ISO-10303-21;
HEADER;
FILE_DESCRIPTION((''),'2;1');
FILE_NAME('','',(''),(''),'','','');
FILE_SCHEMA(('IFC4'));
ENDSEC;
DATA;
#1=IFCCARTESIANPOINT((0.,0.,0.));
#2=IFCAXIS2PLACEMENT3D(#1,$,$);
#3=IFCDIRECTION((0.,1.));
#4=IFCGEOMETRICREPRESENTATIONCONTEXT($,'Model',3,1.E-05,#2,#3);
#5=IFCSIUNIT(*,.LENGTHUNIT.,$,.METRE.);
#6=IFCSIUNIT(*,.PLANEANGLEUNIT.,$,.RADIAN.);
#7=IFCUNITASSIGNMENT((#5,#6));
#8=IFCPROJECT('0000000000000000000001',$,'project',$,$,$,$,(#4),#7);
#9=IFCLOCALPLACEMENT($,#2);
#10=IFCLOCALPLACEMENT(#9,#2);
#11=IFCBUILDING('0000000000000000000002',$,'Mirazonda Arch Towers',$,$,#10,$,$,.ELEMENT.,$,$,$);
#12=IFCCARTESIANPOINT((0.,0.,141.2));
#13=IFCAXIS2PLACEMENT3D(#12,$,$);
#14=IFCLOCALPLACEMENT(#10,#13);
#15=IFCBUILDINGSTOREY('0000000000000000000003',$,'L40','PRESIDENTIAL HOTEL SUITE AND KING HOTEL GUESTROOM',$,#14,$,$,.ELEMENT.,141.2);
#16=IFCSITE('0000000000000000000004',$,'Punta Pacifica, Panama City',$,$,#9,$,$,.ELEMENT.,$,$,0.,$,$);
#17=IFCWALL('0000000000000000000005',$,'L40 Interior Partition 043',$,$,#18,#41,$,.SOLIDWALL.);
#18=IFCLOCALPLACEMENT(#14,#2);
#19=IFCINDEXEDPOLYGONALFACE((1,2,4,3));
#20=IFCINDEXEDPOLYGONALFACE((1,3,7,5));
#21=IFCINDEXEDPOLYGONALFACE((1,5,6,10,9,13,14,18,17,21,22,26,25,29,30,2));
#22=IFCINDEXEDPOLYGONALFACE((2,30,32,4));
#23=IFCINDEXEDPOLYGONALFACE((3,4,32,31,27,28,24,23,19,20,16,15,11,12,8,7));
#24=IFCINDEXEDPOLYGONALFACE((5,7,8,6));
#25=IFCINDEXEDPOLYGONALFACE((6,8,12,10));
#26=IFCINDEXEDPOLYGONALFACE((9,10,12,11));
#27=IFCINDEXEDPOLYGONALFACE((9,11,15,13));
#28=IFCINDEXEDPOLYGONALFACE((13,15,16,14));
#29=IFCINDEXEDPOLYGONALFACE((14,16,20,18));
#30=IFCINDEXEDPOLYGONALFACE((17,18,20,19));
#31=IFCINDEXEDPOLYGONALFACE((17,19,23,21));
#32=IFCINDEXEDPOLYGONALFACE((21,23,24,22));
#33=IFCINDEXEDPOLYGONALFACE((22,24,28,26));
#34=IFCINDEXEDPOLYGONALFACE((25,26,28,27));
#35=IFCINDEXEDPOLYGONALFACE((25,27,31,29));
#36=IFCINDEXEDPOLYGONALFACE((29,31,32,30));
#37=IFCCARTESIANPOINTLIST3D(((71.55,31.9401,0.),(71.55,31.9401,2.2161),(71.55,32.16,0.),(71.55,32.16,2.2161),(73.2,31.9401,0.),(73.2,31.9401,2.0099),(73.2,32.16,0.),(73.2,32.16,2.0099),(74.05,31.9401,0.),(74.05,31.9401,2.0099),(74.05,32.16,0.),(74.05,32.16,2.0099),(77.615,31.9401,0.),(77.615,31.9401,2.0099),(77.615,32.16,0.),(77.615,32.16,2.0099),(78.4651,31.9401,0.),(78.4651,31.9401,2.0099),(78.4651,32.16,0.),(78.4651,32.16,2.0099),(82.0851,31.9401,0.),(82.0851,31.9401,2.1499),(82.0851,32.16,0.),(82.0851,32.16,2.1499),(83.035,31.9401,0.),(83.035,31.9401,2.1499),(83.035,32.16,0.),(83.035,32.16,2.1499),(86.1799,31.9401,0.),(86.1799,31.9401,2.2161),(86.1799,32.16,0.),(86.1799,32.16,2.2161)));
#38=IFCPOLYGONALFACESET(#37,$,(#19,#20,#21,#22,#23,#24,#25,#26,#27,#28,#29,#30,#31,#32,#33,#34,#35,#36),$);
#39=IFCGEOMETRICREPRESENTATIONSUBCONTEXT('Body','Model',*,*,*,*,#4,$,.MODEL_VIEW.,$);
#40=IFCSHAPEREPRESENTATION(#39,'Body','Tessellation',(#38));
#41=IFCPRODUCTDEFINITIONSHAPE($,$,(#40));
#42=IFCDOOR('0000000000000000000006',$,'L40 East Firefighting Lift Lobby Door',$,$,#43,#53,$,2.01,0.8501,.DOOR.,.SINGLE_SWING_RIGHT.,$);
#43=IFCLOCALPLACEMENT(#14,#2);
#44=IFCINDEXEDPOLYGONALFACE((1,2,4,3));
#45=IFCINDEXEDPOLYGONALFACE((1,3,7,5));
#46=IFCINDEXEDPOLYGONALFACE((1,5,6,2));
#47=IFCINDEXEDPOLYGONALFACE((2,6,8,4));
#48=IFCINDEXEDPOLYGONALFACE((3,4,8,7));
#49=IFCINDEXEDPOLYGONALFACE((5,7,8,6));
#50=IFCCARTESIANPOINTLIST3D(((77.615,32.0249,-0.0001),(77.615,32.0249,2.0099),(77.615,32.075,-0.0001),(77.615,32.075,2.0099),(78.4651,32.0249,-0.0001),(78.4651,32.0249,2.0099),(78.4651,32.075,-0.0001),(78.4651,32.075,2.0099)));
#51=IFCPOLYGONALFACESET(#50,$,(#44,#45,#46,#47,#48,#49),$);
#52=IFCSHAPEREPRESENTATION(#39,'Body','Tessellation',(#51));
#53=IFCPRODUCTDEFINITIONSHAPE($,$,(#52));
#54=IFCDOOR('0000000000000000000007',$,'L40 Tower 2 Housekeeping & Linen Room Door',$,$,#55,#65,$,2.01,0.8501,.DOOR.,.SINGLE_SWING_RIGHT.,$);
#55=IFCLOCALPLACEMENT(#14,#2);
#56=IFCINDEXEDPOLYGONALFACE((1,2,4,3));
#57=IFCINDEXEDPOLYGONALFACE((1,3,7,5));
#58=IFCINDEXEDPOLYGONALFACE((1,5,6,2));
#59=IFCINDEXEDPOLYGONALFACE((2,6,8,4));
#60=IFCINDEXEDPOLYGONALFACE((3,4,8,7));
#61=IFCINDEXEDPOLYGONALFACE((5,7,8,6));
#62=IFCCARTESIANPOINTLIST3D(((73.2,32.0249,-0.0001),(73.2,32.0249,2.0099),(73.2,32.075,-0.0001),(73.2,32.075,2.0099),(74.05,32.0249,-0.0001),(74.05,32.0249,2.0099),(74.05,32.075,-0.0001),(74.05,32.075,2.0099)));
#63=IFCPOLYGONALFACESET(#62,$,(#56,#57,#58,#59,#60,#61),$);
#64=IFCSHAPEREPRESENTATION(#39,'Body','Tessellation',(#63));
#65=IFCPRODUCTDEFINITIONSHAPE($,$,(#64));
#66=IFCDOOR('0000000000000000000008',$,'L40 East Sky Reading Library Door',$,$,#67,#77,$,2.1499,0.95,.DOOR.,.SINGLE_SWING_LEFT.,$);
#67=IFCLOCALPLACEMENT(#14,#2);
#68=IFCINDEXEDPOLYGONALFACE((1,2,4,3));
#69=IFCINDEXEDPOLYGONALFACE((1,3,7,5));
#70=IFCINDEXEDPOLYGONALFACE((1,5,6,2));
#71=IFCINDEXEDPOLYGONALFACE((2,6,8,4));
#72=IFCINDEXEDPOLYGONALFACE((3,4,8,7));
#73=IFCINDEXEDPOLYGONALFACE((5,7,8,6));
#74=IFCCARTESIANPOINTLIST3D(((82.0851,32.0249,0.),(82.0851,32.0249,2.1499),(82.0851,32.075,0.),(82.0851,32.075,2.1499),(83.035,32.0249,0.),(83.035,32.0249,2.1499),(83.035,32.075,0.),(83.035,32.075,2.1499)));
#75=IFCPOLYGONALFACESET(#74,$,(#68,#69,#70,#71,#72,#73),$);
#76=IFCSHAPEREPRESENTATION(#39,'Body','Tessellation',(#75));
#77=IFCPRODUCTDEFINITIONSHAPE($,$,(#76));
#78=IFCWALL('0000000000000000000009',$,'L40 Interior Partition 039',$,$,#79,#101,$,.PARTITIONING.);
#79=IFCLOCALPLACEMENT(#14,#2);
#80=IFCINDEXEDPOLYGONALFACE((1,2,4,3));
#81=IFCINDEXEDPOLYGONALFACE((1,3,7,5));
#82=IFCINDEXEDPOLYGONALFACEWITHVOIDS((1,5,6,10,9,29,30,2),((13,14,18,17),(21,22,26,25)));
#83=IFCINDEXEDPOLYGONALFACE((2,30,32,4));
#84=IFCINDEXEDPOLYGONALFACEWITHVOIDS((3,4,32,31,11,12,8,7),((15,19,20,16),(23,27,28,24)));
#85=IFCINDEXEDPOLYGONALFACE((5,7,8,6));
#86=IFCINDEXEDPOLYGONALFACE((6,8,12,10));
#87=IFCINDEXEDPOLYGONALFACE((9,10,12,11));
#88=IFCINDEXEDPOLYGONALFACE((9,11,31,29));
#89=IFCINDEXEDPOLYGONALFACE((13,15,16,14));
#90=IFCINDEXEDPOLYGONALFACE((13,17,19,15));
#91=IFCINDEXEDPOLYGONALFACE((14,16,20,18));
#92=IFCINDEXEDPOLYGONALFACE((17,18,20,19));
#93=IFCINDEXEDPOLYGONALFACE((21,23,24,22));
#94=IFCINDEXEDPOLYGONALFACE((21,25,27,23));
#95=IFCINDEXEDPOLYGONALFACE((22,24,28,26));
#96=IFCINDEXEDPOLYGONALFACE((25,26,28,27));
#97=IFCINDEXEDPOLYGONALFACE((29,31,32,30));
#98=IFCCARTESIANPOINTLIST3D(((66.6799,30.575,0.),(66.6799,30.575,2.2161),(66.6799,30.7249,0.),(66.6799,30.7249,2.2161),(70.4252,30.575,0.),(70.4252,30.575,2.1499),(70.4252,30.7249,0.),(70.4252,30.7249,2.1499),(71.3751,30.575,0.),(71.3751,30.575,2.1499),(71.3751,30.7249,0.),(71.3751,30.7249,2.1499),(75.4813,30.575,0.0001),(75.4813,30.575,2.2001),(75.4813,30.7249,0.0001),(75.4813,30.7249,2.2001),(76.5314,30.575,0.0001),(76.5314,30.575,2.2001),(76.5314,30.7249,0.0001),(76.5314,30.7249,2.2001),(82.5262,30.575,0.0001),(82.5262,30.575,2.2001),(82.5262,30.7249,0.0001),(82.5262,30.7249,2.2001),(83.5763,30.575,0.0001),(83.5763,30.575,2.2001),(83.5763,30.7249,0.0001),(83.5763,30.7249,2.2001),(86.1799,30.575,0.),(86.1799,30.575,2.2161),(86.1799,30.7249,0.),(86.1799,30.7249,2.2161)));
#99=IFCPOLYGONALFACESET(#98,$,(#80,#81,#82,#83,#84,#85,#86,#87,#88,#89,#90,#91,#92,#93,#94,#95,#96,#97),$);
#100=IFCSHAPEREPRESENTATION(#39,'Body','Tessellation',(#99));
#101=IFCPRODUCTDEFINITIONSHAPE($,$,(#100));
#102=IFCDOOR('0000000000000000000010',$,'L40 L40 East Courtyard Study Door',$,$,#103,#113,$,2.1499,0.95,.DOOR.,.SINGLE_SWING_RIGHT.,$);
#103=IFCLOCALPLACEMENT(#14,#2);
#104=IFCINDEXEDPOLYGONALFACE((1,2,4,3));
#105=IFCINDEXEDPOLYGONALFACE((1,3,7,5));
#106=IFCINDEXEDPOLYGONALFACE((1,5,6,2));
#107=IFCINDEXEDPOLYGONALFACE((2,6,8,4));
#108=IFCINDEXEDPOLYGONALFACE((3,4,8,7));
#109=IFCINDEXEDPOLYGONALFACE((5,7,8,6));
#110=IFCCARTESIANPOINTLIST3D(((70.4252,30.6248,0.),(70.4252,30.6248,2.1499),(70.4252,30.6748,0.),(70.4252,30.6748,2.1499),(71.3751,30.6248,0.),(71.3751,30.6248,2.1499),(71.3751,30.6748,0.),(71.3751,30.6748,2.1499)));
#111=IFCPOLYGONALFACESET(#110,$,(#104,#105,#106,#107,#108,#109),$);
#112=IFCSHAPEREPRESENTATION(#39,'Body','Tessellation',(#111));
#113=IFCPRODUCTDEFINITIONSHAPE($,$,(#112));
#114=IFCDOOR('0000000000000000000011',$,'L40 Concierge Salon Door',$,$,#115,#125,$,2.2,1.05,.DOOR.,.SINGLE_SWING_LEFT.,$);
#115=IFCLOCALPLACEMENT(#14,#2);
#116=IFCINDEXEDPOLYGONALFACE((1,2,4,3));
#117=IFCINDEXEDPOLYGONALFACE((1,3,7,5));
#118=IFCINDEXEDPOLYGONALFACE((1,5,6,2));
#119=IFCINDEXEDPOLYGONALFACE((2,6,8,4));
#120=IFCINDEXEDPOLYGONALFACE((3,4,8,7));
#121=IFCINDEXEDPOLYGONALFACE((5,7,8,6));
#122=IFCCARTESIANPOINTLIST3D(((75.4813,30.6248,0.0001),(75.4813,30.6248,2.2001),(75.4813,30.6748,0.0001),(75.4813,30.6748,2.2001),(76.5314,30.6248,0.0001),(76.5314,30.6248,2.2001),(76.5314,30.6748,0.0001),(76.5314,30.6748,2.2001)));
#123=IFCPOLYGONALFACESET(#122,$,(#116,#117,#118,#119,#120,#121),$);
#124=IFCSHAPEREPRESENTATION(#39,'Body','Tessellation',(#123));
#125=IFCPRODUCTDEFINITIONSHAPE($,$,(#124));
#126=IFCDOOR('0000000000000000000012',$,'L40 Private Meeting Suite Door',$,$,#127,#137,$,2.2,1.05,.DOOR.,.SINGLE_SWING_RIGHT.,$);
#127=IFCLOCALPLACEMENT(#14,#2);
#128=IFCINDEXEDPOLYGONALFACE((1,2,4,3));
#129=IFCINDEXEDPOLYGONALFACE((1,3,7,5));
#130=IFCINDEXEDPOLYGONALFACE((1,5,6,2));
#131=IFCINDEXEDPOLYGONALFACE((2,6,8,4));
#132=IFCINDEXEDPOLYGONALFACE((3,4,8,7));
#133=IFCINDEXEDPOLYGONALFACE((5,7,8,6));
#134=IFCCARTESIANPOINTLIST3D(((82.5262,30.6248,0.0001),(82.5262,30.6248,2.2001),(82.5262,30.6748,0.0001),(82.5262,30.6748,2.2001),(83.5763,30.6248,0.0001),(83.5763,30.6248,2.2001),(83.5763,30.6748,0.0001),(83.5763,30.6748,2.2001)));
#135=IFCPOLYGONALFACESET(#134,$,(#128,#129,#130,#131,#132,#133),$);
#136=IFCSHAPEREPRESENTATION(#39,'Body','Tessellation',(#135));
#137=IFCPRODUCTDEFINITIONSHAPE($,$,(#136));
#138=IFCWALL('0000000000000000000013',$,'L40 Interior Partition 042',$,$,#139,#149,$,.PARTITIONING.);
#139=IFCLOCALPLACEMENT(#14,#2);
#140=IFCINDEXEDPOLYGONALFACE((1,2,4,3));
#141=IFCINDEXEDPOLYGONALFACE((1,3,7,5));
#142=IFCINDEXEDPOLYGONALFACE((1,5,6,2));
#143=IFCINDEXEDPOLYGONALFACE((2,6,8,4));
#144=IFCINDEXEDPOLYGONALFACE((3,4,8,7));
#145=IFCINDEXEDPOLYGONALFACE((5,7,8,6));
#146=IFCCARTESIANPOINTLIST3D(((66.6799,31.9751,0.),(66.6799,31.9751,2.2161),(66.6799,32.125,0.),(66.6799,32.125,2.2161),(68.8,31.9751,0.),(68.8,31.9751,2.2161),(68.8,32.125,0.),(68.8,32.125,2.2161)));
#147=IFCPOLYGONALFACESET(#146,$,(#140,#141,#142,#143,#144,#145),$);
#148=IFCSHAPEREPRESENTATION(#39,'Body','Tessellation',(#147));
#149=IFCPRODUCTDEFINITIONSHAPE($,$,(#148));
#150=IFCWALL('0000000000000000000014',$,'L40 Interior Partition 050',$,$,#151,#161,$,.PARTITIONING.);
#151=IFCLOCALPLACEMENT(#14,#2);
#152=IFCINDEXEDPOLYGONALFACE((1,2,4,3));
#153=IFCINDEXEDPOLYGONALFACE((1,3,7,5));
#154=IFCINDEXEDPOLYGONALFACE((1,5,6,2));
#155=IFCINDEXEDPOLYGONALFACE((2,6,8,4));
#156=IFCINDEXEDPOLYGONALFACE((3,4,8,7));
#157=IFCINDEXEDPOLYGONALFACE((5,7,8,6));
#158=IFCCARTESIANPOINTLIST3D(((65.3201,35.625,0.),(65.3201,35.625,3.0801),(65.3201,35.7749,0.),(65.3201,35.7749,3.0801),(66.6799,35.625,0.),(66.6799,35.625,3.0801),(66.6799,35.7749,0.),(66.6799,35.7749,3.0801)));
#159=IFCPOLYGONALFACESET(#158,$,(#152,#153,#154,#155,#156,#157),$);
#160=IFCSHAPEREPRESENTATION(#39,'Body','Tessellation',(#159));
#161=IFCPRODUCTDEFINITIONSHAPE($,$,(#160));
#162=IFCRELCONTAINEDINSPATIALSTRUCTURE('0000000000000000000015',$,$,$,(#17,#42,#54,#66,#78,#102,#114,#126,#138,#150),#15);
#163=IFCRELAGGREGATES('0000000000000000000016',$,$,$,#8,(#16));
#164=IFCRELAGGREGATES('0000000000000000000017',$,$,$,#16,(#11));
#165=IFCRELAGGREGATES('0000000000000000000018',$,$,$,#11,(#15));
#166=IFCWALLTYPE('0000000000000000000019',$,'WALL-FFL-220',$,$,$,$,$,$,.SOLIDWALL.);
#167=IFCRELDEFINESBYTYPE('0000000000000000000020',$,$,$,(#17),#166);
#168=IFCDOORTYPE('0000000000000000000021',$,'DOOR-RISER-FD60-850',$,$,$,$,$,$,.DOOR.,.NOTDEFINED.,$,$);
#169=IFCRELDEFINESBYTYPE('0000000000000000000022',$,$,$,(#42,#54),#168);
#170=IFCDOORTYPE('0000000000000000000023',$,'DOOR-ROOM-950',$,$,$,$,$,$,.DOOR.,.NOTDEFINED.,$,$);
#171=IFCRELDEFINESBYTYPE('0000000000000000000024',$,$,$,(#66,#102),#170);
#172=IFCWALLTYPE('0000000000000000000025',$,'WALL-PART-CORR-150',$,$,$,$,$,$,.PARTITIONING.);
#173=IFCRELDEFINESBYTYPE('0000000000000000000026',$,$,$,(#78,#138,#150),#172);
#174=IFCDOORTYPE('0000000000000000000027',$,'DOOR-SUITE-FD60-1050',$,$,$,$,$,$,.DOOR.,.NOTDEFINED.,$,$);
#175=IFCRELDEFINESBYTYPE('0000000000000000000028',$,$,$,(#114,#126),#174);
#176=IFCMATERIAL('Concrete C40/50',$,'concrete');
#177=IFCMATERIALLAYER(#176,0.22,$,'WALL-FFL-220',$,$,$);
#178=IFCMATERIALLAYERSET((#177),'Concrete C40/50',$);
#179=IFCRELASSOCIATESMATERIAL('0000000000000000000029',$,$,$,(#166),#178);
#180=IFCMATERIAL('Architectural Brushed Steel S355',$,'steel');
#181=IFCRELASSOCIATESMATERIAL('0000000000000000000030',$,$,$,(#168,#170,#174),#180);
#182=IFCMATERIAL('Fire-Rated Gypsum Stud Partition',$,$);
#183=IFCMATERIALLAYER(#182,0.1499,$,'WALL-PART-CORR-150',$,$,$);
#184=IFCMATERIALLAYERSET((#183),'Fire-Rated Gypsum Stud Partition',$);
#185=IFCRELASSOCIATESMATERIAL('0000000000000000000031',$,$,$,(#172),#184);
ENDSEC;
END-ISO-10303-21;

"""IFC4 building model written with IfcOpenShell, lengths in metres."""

from ifc_helpers import new_model, si_unit, direction, frame, frame_2d, origin, place, context, subcontext, project, spatial, rectangle, extrude, material, layer, layer_set, type_object, element, fill, save


model = new_model("IFC4")

# Units and contexts
model_context = context("Model", 3, precision=1e-05, world=origin(), true_north=direction((0.0, 1.0)))
body_context = subcontext(model_context, "Body", "Model", "MODEL_VIEW")
ifc_project = project(units=[si_unit("LENGTHUNIT", "METRE"), si_unit("PLANEANGLEUNIT", "RADIAN")], contexts=[model_context])

# Site, building, storey
site_placement = place(None, origin())
site = spatial("IfcSite", under=ifc_project, at=site_placement, Name="Punta Pacifica, Panama City", CompositionType="ELEMENT", RefElevation=0.0)
building_placement = place(site_placement, origin())
building = spatial("IfcBuilding", under=site, at=building_placement, Name="Mirazonda Arch Towers", CompositionType="ELEMENT")
storey_placement = place(building_placement, frame((0.0, 0.0, 141.2)))
storey = spatial("IfcBuildingStorey", under=building, at=storey_placement, Name="L40", Description="PRESIDENTIAL HOTEL SUITE AND KING HOTEL GUESTROOM", CompositionType="ELEMENT", Elevation=141.2)

# Walls, openings, doors
ifc_material_1 = material(Name="Architectural Brushed Steel S355", Category="steel")
ifc_material_2 = material(Name="Concrete C40/50", Category="concrete")
ifc_layer_1 = layer(ifc_material_2, 0.22, Name="WALL-FFL-220")
ifc_layer_set_1 = layer_set([ifc_layer_1], Name="Concrete C40/50")
wall_type_1 = type_object("IfcWallType", Name="WALL-FFL-220", PredefinedType="SOLIDWALL", material=ifc_layer_set_1)
wall_1_placement = place(storey_placement, frame((71.55, 32.05, 0.0), z_axis=(0.0, 0.0, 1.0), x_axis=(1.0, 0.0, 0.0)))
wall_1 = element("IfcWall", 1, at=wall_1_placement, inside=storey, type_object=wall_type_1, Name="L40 Interior Partition 043", PredefinedType="SOLIDWALL", context=body_context, shape_type="SweptSolid", body=[
    extrude(rectangle(XDim=14.6299, YDim=0.22, at=frame_2d((7.3149, 0.0))), origin(), (0.0, 0.0, 1.0), 2.2161),
])
opening_1_placement = place(wall_1_placement, frame((6.0649, 0.0, 0.0)))
opening_1 = element("IfcOpeningElement", 2, at=opening_1_placement, cuts=wall_1, PredefinedType="OPENING", context=body_context, shape_type="SweptSolid", body=[
    extrude(rectangle(XDim=0.8501, YDim=2.01, at=frame_2d((0.425, 1.0049))), frame((0.0, 0.1199, 0.0), z_axis=(0.0, -1.0, 0.0), x_axis=(1.0, 0.0, 0.0)), (0.0, 0.0, 1.0), 0.24),
])
opening_2_placement = place(wall_1_placement, frame((10.5349, 0.0, 0.0)))
opening_2 = element("IfcOpeningElement", 3, at=opening_2_placement, cuts=wall_1, PredefinedType="OPENING", context=body_context, shape_type="SweptSolid", body=[
    extrude(rectangle(XDim=0.95, YDim=2.1499, at=frame_2d((0.4751, 1.075))), frame((0.0, 0.1199, 0.0), z_axis=(0.0, -1.0, 0.0), x_axis=(1.0, 0.0, 0.0)), (0.0, 0.0, 1.0), 0.24),
])
opening_3_placement = place(wall_1_placement, frame((1.6499, 0.0, 0.0)))
opening_3 = element("IfcOpeningElement", 4, at=opening_3_placement, cuts=wall_1, PredefinedType="OPENING", context=body_context, shape_type="SweptSolid", body=[
    extrude(rectangle(XDim=0.8501, YDim=2.01, at=frame_2d((0.425, 1.0049))), frame((0.0, 0.1199, 0.0), z_axis=(0.0, -1.0, 0.0), x_axis=(1.0, 0.0, 0.0)), (0.0, 0.0, 1.0), 0.24),
])
door_type_1 = type_object("IfcDoorType", Name="DOOR-RISER-FD60-850", OperationType="NOTDEFINED", PredefinedType="DOOR", material=ifc_material_1)
door_1_placement = place(opening_1_placement, origin())
door_1 = element("IfcDoor", 5, at=door_1_placement, inside=storey, type_object=door_type_1, Name="L40 East Firefighting Lift Lobby Door", OperationType="SINGLE_SWING_RIGHT", OverallHeight=2.01, OverallWidth=0.8501, PredefinedType="DOOR", context=body_context, shape_type="SweptSolid", body=[
    extrude(rectangle(XDim=0.8501, YDim=2.01, at=frame_2d((0.425, 1.0049))), frame((0.0, 0.0249, 0.0), z_axis=(0.0, -1.0, 0.0), x_axis=(1.0, 0.0, 0.0)), (0.0, 0.0, 1.0), 0.05),
])
fill(opening_1, door_1)
door_2_placement = place(opening_3_placement, origin())
door_2 = element("IfcDoor", 6, at=door_2_placement, inside=storey, type_object=door_type_1, Name="L40 Tower 2 Housekeeping & Linen Room Door", OperationType="SINGLE_SWING_RIGHT", OverallHeight=2.01, OverallWidth=0.8501, PredefinedType="DOOR", context=body_context, shape_type="SweptSolid", body=[
    extrude(rectangle(XDim=0.8501, YDim=2.01, at=frame_2d((0.425, 1.0049))), frame((0.0, 0.0249, 0.0), z_axis=(0.0, -1.0, 0.0), x_axis=(1.0, 0.0, 0.0)), (0.0, 0.0, 1.0), 0.05),
])
fill(opening_3, door_2)
door_type_2 = type_object("IfcDoorType", Name="DOOR-ROOM-950", OperationType="NOTDEFINED", PredefinedType="DOOR", material=ifc_material_1)
door_3_placement = place(opening_2_placement, origin())
door_3 = element("IfcDoor", 7, at=door_3_placement, inside=storey, type_object=door_type_2, Name="L40 East Sky Reading Library Door", OperationType="SINGLE_SWING_LEFT", OverallHeight=2.1499, OverallWidth=0.95, PredefinedType="DOOR", context=body_context, shape_type="SweptSolid", body=[
    extrude(rectangle(XDim=0.95, YDim=2.1499, at=frame_2d((0.4751, 1.075))), frame((0.0, 0.0249, 0.0), z_axis=(0.0, -1.0, 0.0), x_axis=(1.0, 0.0, 0.0)), (0.0, 0.0, 1.0), 0.05),
])
fill(opening_2, door_3)
ifc_material_3 = material(Name="Fire-Rated Gypsum Stud Partition")
ifc_layer_2 = layer(ifc_material_3, 0.1499, Name="WALL-PART-CORR-150")
ifc_layer_set_2 = layer_set([ifc_layer_2], Name="Fire-Rated Gypsum Stud Partition")
wall_type_2 = type_object("IfcWallType", Name="WALL-PART-CORR-150", PredefinedType="PARTITIONING", material=ifc_layer_set_2)
wall_2_placement = place(storey_placement, frame((66.6799, 30.6499, 0.0), z_axis=(0.0, 0.0, 1.0), x_axis=(1.0, 0.0, 0.0)))
wall_2 = element("IfcWall", 8, at=wall_2_placement, inside=storey, type_object=wall_type_2, Name="L40 Interior Partition 039", PredefinedType="PARTITIONING", context=body_context, shape_type="SweptSolid", body=[
    extrude(rectangle(XDim=19.5, YDim=0.1499, at=frame_2d((9.75, 0.0))), origin(), (0.0, 0.0, 1.0), 2.2161),
])
opening_4_placement = place(wall_2_placement, frame((3.7451, 0.0, 0.0)))
opening_4 = element("IfcOpeningElement", 9, at=opening_4_placement, cuts=wall_2, PredefinedType="OPENING", context=body_context, shape_type="SweptSolid", body=[
    extrude(rectangle(XDim=0.95, YDim=2.1499, at=frame_2d((0.4751, 1.075))), frame((0.0, 0.085, 0.0), z_axis=(0.0, -1.0, 0.0), x_axis=(1.0, 0.0, 0.0)), (0.0, 0.0, 1.0), 0.1699),
])
opening_5_placement = place(wall_2_placement, frame((8.8015, 0.0, 0.0)))
opening_5 = element("IfcOpeningElement", 10, at=opening_5_placement, cuts=wall_2, PredefinedType="OPENING", context=body_context, shape_type="SweptSolid", body=[
    extrude(rectangle(XDim=1.05, YDim=2.2, at=frame_2d((0.5249, 1.1001))), frame((0.0, 0.085, 0.0), z_axis=(0.0, -1.0, 0.0), x_axis=(1.0, 0.0, 0.0)), (0.0, 0.0, 1.0), 0.1699),
])
opening_6_placement = place(wall_2_placement, frame((15.8464, 0.0, 0.0)))
opening_6 = element("IfcOpeningElement", 11, at=opening_6_placement, cuts=wall_2, PredefinedType="OPENING", context=body_context, shape_type="SweptSolid", body=[
    extrude(rectangle(XDim=1.05, YDim=2.2, at=frame_2d((0.5249, 1.1001))), frame((0.0, 0.085, 0.0), z_axis=(0.0, -1.0, 0.0), x_axis=(1.0, 0.0, 0.0)), (0.0, 0.0, 1.0), 0.1699),
])
door_4_placement = place(opening_4_placement, origin())
door_4 = element("IfcDoor", 12, at=door_4_placement, inside=storey, type_object=door_type_2, Name="L40 L40 East Courtyard Study Door", OperationType="SINGLE_SWING_RIGHT", OverallHeight=2.1499, OverallWidth=0.95, PredefinedType="DOOR", context=body_context, shape_type="SweptSolid", body=[
    extrude(rectangle(XDim=0.95, YDim=2.1499, at=frame_2d((0.4751, 1.075))), frame((0.0, 0.0249, 0.0), z_axis=(0.0, -1.0, 0.0), x_axis=(1.0, 0.0, 0.0)), (0.0, 0.0, 1.0), 0.05),
])
fill(opening_4, door_4)
door_type_3 = type_object("IfcDoorType", Name="DOOR-SUITE-FD60-1050", OperationType="NOTDEFINED", PredefinedType="DOOR", material=ifc_material_1)
door_5_placement = place(opening_5_placement, origin())
door_5 = element("IfcDoor", 13, at=door_5_placement, inside=storey, type_object=door_type_3, Name="L40 Concierge Salon Door", OperationType="SINGLE_SWING_LEFT", OverallHeight=2.2, OverallWidth=1.05, PredefinedType="DOOR", context=body_context, shape_type="SweptSolid", body=[
    extrude(rectangle(XDim=1.05, YDim=2.2, at=frame_2d((0.5249, 1.1001))), frame((0.0, 0.0249, 0.0), z_axis=(0.0, -1.0, 0.0), x_axis=(1.0, 0.0, 0.0)), (0.0, 0.0, 1.0), 0.05),
])
fill(opening_5, door_5)
door_6_placement = place(opening_6_placement, origin())
door_6 = element("IfcDoor", 14, at=door_6_placement, inside=storey, type_object=door_type_3, Name="L40 Private Meeting Suite Door", OperationType="SINGLE_SWING_RIGHT", OverallHeight=2.2, OverallWidth=1.05, PredefinedType="DOOR", context=body_context, shape_type="SweptSolid", body=[
    extrude(rectangle(XDim=1.05, YDim=2.2, at=frame_2d((0.5249, 1.1001))), frame((0.0, 0.0249, 0.0), z_axis=(0.0, -1.0, 0.0), x_axis=(1.0, 0.0, 0.0)), (0.0, 0.0, 1.0), 0.05),
])
fill(opening_6, door_6)

# Walls
wall_3_placement = place(storey_placement, frame((66.6799, 32.05, 0.0), z_axis=(0.0, 0.0, 1.0), x_axis=(1.0, 0.0, 0.0)))
element("IfcWall", 15, at=wall_3_placement, inside=storey, type_object=wall_type_2, Name="L40 Interior Partition 042", PredefinedType="PARTITIONING", context=body_context, shape_type="SweptSolid", body=[
    extrude(rectangle(XDim=2.1201, YDim=0.1499, at=frame_2d((1.0601, 0.0))), origin(), (0.0, 0.0, 1.0), 2.2161),
])
wall_4_placement = place(storey_placement, frame((65.3201, 35.7, 0.0), z_axis=(0.0, 0.0, 1.0), x_axis=(1.0, 0.0, 0.0)))
element("IfcWall", 16, at=wall_4_placement, inside=storey, type_object=wall_type_2, Name="L40 Interior Partition 050", PredefinedType="PARTITIONING", context=body_context, shape_type="SweptSolid", body=[
    extrude(rectangle(XDim=1.3599, YDim=0.1499, at=frame_2d((0.6799, 0.0))), origin(), (0.0, 0.0, 1.0), 3.0801),
])

save(model, "model.ifc")
